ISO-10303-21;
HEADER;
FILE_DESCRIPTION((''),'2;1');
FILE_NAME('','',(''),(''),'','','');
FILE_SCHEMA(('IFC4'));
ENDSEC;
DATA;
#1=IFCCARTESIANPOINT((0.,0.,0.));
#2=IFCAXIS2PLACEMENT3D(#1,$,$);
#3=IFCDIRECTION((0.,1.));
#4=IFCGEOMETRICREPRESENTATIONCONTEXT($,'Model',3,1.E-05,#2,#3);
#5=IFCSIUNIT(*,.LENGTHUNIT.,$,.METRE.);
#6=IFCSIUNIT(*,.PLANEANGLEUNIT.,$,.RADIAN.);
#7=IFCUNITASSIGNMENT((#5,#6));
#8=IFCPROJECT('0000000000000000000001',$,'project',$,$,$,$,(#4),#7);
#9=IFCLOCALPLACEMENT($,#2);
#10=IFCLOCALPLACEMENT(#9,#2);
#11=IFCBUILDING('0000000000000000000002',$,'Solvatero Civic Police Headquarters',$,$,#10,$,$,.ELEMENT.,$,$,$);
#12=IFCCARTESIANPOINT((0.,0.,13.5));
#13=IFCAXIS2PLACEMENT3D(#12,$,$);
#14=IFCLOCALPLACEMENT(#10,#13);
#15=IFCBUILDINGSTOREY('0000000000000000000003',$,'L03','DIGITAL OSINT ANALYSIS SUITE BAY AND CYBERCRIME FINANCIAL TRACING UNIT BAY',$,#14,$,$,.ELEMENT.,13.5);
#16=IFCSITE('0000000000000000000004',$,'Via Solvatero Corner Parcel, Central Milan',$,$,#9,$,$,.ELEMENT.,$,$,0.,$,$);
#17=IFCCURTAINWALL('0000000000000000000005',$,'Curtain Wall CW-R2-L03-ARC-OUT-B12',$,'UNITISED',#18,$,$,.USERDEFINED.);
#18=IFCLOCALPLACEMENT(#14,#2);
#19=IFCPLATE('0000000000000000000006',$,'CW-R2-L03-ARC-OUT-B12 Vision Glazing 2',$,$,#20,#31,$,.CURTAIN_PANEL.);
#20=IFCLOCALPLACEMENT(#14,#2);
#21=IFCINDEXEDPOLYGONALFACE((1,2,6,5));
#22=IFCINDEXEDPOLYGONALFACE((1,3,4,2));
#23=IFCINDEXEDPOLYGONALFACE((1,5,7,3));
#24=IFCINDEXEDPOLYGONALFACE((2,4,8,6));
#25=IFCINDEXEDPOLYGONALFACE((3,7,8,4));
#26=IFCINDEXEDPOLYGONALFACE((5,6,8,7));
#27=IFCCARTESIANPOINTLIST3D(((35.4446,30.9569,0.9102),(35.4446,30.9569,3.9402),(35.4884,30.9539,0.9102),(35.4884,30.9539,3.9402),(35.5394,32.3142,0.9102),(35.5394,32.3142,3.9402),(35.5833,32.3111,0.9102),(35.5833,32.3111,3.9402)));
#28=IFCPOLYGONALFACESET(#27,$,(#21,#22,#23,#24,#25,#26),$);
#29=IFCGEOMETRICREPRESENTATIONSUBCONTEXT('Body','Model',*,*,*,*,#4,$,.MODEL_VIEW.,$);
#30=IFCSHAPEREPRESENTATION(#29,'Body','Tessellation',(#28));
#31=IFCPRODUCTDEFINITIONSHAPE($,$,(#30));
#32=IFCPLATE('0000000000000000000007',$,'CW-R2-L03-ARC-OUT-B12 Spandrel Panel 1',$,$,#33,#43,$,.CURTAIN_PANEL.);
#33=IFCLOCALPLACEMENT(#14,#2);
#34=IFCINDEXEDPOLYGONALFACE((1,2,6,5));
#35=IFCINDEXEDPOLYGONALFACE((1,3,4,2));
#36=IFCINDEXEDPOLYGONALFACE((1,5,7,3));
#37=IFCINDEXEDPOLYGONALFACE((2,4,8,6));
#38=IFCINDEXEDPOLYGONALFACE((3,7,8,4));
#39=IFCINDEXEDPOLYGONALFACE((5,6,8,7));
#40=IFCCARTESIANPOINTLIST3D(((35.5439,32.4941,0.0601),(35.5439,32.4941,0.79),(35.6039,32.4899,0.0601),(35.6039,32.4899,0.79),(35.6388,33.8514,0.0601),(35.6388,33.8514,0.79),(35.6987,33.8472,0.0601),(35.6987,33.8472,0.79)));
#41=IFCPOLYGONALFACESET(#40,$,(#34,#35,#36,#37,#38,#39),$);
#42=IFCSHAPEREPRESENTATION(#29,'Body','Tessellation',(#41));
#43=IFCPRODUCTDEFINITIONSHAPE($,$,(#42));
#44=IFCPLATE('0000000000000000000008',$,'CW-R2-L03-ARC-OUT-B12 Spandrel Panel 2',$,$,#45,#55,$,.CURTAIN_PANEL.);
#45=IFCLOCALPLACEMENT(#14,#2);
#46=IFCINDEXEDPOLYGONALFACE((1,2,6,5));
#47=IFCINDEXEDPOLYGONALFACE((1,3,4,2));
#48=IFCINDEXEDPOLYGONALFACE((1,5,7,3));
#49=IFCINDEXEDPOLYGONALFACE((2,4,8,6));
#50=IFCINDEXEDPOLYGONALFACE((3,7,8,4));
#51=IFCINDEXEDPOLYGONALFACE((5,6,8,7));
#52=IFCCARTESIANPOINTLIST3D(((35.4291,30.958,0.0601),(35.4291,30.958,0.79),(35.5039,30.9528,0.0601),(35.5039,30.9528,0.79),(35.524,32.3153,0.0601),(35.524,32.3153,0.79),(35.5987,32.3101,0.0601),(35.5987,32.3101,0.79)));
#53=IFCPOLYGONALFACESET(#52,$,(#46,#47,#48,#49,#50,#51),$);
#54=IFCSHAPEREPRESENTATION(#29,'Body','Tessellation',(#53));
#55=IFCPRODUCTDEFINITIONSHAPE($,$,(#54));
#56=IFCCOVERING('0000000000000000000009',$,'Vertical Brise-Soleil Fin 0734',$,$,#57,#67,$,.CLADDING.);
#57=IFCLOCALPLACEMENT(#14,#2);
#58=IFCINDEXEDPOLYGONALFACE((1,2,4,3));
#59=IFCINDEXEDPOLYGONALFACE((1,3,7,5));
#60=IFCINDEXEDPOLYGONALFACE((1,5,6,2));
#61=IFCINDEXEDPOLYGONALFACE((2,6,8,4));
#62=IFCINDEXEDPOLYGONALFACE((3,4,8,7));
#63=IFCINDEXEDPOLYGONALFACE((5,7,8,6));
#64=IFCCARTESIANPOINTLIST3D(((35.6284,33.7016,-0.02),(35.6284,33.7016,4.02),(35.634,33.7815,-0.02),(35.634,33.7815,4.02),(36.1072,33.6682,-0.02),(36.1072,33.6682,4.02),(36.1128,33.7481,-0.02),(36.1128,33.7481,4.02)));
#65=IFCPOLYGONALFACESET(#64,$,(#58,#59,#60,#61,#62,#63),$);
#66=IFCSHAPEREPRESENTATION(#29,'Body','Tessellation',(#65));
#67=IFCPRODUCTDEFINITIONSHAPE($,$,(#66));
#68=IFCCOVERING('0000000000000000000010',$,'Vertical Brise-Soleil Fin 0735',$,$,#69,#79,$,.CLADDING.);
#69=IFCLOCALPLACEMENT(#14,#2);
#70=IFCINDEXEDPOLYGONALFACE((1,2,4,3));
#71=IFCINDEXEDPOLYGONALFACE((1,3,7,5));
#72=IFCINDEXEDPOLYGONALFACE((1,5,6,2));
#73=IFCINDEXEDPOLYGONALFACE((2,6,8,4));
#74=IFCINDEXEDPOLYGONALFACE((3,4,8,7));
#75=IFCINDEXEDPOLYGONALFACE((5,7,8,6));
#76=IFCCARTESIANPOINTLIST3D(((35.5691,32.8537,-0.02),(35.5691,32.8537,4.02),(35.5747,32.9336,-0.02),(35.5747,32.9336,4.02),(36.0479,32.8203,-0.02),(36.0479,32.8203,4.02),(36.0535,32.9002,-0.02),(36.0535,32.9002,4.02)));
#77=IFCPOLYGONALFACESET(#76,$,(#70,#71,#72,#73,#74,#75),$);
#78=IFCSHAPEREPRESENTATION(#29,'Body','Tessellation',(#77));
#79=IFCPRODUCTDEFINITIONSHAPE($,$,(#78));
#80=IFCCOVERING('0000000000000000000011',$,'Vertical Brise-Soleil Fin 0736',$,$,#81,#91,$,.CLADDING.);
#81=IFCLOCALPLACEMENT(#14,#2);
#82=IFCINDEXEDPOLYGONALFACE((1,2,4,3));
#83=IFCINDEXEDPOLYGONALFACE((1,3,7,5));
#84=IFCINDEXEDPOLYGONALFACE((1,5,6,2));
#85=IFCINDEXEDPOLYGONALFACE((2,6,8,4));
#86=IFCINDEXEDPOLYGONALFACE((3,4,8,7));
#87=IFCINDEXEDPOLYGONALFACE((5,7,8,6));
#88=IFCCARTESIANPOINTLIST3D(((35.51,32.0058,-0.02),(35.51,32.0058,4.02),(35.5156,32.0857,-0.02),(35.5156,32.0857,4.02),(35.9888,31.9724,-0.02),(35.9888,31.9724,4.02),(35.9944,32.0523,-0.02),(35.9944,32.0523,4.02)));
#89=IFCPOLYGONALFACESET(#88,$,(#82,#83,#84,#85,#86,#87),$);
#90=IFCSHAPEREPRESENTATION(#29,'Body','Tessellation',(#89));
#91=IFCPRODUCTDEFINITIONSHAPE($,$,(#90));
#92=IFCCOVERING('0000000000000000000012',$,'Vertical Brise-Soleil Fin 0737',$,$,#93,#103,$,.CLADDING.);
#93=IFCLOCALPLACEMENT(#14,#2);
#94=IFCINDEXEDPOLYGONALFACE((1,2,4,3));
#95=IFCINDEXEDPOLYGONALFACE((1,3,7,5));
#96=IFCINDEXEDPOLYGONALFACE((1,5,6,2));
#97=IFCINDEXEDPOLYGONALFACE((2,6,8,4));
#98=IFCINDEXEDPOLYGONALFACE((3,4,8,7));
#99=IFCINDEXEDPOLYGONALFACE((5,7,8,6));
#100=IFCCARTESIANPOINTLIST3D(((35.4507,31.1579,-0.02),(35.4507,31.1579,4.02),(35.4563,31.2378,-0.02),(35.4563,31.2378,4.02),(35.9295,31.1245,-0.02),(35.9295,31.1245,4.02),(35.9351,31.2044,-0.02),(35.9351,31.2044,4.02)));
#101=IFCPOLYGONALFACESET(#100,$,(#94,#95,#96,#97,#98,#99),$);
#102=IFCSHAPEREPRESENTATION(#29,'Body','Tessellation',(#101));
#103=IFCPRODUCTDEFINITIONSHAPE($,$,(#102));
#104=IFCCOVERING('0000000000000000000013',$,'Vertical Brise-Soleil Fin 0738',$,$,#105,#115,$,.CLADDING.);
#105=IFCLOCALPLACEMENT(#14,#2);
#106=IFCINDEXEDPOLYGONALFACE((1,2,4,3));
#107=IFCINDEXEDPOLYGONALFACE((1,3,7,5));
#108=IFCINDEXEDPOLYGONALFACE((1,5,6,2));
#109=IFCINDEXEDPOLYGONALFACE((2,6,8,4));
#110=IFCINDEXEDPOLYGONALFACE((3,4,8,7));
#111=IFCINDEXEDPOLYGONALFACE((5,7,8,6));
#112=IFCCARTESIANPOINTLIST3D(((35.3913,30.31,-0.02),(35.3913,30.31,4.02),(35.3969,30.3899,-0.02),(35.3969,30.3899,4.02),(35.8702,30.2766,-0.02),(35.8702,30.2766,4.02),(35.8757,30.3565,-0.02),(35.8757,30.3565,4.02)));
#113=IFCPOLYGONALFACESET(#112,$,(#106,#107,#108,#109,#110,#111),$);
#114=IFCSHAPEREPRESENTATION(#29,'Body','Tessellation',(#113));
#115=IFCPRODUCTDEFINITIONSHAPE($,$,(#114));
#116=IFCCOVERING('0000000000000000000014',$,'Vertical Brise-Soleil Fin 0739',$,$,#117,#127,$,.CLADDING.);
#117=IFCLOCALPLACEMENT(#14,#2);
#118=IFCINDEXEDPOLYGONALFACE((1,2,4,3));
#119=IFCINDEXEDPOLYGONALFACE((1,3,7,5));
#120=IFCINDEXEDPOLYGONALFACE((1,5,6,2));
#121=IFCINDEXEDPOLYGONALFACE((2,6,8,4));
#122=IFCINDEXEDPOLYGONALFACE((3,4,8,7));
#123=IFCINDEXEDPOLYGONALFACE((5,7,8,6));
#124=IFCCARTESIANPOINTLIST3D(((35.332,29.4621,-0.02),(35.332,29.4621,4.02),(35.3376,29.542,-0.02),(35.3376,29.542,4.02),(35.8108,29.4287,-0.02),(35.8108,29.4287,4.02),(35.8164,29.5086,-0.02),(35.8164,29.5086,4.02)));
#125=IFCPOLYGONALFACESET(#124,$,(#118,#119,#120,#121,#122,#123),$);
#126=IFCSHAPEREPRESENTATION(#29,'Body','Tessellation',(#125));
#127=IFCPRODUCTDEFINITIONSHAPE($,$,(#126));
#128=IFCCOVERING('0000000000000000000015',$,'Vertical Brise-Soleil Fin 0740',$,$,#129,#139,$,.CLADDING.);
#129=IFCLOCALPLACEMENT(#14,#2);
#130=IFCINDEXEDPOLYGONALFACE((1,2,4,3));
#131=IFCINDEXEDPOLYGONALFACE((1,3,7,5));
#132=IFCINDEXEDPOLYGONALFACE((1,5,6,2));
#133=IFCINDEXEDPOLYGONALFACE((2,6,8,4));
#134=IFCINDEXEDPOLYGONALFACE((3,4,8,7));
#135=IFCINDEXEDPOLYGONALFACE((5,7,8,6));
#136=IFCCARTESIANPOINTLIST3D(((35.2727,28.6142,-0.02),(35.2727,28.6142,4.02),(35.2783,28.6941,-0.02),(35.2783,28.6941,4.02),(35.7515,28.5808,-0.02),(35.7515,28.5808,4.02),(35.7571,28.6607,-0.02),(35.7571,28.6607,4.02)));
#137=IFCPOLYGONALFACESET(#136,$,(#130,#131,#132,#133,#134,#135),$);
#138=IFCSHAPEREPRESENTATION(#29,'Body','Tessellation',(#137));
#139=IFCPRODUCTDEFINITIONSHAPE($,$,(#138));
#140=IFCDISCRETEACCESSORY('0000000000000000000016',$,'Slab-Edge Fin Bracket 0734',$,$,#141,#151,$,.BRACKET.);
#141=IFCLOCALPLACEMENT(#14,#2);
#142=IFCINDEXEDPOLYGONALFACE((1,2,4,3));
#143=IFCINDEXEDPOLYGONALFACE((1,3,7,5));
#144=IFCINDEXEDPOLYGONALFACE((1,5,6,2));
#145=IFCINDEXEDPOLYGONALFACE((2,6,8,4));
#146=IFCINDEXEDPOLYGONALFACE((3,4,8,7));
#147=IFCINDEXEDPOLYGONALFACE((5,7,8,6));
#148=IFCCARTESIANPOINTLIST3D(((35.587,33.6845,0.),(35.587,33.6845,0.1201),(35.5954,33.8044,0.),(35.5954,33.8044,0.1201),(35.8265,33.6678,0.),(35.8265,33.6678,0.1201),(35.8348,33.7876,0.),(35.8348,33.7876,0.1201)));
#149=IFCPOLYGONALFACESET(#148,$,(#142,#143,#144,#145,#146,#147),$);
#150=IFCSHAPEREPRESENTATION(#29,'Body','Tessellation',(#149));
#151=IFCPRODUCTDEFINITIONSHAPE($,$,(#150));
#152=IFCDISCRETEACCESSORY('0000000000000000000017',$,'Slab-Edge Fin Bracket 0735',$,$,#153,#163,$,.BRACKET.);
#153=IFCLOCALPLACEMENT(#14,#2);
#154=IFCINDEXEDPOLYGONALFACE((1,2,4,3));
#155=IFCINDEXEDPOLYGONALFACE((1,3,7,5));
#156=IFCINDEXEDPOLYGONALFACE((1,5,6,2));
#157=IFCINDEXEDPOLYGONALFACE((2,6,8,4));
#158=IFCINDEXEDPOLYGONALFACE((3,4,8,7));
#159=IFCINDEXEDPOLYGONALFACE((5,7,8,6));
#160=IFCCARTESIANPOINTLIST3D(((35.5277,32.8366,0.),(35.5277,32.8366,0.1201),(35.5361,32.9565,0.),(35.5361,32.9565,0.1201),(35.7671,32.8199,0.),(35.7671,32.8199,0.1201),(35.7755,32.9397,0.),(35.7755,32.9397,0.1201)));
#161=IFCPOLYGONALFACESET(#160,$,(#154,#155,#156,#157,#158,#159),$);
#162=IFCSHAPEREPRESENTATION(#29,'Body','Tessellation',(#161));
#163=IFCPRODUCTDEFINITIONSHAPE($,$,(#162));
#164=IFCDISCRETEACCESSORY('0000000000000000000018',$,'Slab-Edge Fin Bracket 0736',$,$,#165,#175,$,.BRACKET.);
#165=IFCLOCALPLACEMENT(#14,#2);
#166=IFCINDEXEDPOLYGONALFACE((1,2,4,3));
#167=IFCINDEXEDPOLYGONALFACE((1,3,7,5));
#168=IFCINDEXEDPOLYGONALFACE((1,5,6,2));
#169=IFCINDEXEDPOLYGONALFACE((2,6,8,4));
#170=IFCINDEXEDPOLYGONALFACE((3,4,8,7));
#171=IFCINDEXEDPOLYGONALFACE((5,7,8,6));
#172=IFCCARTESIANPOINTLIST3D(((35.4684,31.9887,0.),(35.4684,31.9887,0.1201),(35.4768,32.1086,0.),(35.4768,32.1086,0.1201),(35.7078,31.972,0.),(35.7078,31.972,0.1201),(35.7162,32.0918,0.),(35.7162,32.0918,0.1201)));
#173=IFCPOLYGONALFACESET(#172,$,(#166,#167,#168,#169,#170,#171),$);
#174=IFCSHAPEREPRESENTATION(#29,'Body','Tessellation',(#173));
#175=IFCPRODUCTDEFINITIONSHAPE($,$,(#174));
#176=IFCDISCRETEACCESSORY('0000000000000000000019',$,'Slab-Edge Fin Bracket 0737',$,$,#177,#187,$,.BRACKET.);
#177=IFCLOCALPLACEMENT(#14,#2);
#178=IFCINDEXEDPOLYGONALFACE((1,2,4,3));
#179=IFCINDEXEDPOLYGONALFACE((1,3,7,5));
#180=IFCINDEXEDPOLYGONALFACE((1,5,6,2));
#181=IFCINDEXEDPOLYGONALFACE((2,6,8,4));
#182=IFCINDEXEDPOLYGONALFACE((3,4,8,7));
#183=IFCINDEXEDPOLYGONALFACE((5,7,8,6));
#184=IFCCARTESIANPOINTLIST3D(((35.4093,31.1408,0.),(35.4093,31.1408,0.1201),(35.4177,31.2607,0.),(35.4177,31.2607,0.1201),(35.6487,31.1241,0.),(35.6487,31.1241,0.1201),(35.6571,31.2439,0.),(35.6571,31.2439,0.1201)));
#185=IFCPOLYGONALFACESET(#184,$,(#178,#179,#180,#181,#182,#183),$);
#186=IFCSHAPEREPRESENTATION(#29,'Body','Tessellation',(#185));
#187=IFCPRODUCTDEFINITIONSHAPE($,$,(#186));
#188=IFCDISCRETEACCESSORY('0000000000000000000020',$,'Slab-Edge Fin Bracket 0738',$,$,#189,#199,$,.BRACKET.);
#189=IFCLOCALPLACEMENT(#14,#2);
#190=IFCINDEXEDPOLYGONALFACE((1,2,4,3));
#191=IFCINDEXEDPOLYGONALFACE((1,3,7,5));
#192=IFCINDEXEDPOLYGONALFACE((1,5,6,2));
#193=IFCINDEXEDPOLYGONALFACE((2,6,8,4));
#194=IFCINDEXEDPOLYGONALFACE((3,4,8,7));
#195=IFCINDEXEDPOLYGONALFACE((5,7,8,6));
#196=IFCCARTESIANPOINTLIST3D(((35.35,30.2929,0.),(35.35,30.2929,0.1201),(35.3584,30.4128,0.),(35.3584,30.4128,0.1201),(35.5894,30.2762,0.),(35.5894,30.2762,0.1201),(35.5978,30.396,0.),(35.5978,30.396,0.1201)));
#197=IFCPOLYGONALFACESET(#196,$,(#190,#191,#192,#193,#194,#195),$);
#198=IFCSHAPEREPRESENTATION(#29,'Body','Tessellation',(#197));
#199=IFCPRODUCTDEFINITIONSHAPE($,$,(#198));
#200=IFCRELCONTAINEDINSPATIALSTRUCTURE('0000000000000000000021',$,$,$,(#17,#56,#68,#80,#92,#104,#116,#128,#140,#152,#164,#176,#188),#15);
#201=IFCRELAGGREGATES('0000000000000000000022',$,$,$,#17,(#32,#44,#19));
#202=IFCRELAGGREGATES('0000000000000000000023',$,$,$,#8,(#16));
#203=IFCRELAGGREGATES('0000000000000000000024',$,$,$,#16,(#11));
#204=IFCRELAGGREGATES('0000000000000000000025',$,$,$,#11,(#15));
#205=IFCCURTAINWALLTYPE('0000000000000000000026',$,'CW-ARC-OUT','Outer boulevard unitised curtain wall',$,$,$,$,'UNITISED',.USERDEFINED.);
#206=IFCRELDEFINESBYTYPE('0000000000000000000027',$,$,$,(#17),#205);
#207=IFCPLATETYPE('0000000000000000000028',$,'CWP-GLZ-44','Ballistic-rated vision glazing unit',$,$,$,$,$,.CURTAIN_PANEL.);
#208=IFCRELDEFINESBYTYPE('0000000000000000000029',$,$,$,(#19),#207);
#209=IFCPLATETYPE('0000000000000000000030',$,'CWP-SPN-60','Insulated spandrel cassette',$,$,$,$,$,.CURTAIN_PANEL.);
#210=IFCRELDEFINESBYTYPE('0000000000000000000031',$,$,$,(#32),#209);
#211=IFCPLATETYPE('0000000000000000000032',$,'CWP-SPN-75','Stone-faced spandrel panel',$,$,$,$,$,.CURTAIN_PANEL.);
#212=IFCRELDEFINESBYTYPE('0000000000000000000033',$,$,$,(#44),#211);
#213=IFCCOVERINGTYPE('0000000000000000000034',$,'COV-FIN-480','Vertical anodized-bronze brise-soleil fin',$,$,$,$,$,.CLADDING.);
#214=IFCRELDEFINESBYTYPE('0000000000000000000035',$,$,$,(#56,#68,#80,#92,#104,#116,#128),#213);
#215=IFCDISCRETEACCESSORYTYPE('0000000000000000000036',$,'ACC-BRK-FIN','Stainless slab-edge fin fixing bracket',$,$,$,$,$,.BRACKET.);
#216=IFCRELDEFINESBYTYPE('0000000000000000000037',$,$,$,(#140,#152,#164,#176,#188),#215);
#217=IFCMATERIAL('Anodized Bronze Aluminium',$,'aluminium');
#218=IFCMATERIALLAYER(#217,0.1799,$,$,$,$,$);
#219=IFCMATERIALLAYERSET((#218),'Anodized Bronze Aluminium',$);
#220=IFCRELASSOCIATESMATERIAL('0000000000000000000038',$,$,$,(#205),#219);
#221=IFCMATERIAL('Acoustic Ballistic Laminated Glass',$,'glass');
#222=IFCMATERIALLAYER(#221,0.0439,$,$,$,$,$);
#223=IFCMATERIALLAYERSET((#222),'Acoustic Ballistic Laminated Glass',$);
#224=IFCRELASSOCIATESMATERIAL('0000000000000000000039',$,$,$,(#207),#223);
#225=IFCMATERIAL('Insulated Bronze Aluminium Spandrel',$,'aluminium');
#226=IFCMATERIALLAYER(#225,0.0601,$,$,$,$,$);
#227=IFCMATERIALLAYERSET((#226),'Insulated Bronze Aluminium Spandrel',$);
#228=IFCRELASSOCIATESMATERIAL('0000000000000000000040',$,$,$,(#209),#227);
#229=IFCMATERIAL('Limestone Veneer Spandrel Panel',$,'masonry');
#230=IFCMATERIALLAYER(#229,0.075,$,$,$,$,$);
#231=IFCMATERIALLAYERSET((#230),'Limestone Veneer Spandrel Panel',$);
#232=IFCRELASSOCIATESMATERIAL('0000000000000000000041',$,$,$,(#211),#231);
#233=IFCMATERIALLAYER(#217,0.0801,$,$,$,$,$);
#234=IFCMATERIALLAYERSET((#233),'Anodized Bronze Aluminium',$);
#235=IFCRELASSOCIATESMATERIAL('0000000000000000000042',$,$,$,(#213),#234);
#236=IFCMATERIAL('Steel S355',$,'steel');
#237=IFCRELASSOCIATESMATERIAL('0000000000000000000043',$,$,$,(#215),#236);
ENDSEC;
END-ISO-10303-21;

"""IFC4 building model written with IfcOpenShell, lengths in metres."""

from ifc_helpers import new_model, si_unit, direction, frame, origin, origin_2d, place, context, subcontext, project, spatial, rectangle, extrude, material, layer, layer_set, type_object, element, aggregate, save


model = new_model("IFC4")

# Units and contexts
model_context = context("Model", 3, precision=1e-05, world=origin(), true_north=direction((0.0, 1.0)))
body_context = subcontext(model_context, "Body", "Model", "MODEL_VIEW")
ifc_project = project(units=[si_unit("LENGTHUNIT", "METRE"), si_unit("PLANEANGLEUNIT", "RADIAN")], contexts=[model_context])

# Site, building, storey
site_placement = place(None, origin())
site = spatial("IfcSite", under=ifc_project, at=site_placement, Name="Via Solvatero Corner Parcel, Central Milan", CompositionType="ELEMENT", RefElevation=0.0)
building_placement = place(site_placement, origin())
building = spatial("IfcBuilding", under=site, at=building_placement, Name="Solvatero Civic Police Headquarters", CompositionType="ELEMENT")
storey_placement = place(building_placement, frame((0.0, 0.0, 13.5)))
storey = spatial("IfcBuildingStorey", under=building, at=storey_placement, Name="L03", Description="DIGITAL OSINT ANALYSIS SUITE BAY AND CYBERCRIME FINANCIAL TRACING UNIT BAY", CompositionType="ELEMENT", Elevation=13.5)

# Shared definitions
ifc_material_1 = material(Name="Steel S355", Category="steel")

# Curtain wall, plates
ifc_material_2 = material(Name="Anodized Bronze Aluminium", Category="aluminium")
ifc_layer_1 = layer(ifc_material_2, 0.1799)
ifc_layer_set_1 = layer_set([ifc_layer_1], Name="Anodized Bronze Aluminium")
curtain_wall_type = type_object("IfcCurtainWallType", Name="CW-ARC-OUT", Description="Outer boulevard unitised curtain wall", ElementType="UNITISED", PredefinedType="USERDEFINED", material=ifc_layer_set_1)
curtain_wall_placement = place(storey_placement, origin())
curtain_wall = element("IfcCurtainWall", 1, at=curtain_wall_placement, inside=storey, type_object=curtain_wall_type, Name="Curtain Wall CW-R2-L03-ARC-OUT-B12", ObjectType="UNITISED", PredefinedType="USERDEFINED")
ifc_material_3 = material(Name="Acoustic Ballistic Laminated Glass", Category="glass")
ifc_layer_2 = layer(ifc_material_3, 0.0439)
ifc_layer_set_2 = layer_set([ifc_layer_2], Name="Acoustic Ballistic Laminated Glass")
plate_type_1 = type_object("IfcPlateType", Name="CWP-GLZ-44", Description="Ballistic-rated vision glazing unit", PredefinedType="CURTAIN_PANEL", material=ifc_layer_set_2)
plate_1_placement = place(storey_placement, frame((35.5139, 31.634, 0.9102), z_axis=(0.0, 0.0, 1.0), x_axis=(-0.069739, -0.997565, 0.0)))
plate_1 = element("IfcPlate", 2, at=plate_1_placement, type_object=plate_type_1, Name="CW-R2-L03-ARC-OUT-B12 Vision Glazing 2", PredefinedType="CURTAIN_PANEL", context=body_context, shape_type="SweptSolid", body=[
    extrude(rectangle(XDim=1.3606, YDim=0.0439, at=origin_2d()), origin(), (0.0, 0.0, 1.0), 3.03),
])
ifc_material_4 = material(Name="Insulated Bronze Aluminium Spandrel", Category="aluminium")
ifc_layer_3 = layer(ifc_material_4, 0.0601)
ifc_layer_set_3 = layer_set([ifc_layer_3], Name="Insulated Bronze Aluminium Spandrel")
plate_type_2 = type_object("IfcPlateType", Name="CWP-SPN-60", Description="Insulated spandrel cassette", PredefinedType="CURTAIN_PANEL", material=ifc_layer_set_3)
plate_2_placement = place(storey_placement, frame((35.6213, 33.1707, 0.0601), z_axis=(0.0, 0.0, 1.0), x_axis=(-0.069739, -0.997565, 0.0)))
plate_2 = element("IfcPlate", 3, at=plate_2_placement, type_object=plate_type_2, Name="CW-R2-L03-ARC-OUT-B12 Spandrel Panel 1", PredefinedType="CURTAIN_PANEL", context=body_context, shape_type="SweptSolid", body=[
    extrude(rectangle(XDim=1.3606, YDim=0.0601, at=origin_2d()), origin(), (0.0, 0.0, 1.0), 0.73),
])
ifc_material_5 = material(Name="Limestone Veneer Spandrel Panel", Category="masonry")
ifc_layer_4 = layer(ifc_material_5, 0.075)
ifc_layer_set_4 = layer_set([ifc_layer_4], Name="Limestone Veneer Spandrel Panel")
plate_type_3 = type_object("IfcPlateType", Name="CWP-SPN-75", Description="Stone-faced spandrel panel", PredefinedType="CURTAIN_PANEL", material=ifc_layer_set_4)
plate_3_placement = place(storey_placement, frame((35.5139, 31.634, 0.0601), z_axis=(0.0, 0.0, 1.0), x_axis=(-0.069739, -0.997565, 0.0)))
plate_3 = element("IfcPlate", 4, at=plate_3_placement, type_object=plate_type_3, Name="CW-R2-L03-ARC-OUT-B12 Spandrel Panel 2", PredefinedType="CURTAIN_PANEL", context=body_context, shape_type="SweptSolid", body=[
    extrude(rectangle(XDim=1.3606, YDim=0.075, at=origin_2d()), origin(), (0.0, 0.0, 1.0), 0.73),
])
aggregate(curtain_wall, [plate_2, plate_3, plate_1])

# Coverings
ifc_layer_5 = layer(ifc_material_2, 0.0801)
ifc_layer_set_5 = layer_set([ifc_layer_5], Name="Anodized Bronze Aluminium")
covering_type = type_object("IfcCoveringType", Name="COV-FIN-480", Description="Vertical anodized-bronze brise-soleil fin", PredefinedType="CLADDING", material=ifc_layer_set_5)
for number, where, z_axis, x_axis, name in (
    (5, (35.8706, 33.7249, -0.02), (0.0, 0.0, 1.0), (-0.069739, -0.997565, 0.0), "Vertical Brise-Soleil Fin 0734"),
    (6, (35.8113, 32.877, -0.02), (0.0, 0.0, 1.0), (-0.069739, -0.997565, 0.0), "Vertical Brise-Soleil Fin 0735"),
    (7, (35.7522, 32.0291, -0.02), (0.0, 0.0, 1.0), (-0.069739, -0.997565, 0.0), "Vertical Brise-Soleil Fin 0736"),
    (8, (35.6929, 31.1812, -0.02), (0.0, 0.0, 1.0), (-0.069739, -0.997565, 0.0), "Vertical Brise-Soleil Fin 0737"),
    (9, (35.6335, 30.3333, -0.02), (0.0, 0.0, 1.0), (-0.069739, -0.997565, 0.0), "Vertical Brise-Soleil Fin 0738"),
    (10, (35.5742, 29.4854, -0.02), (0.0, 0.0, 1.0), (-0.069739, -0.997565, 0.0), "Vertical Brise-Soleil Fin 0739"),
    (11, (35.5149, 28.6375, -0.02), (0.0, 0.0, 1.0), (-0.069739, -0.997565, 0.0), "Vertical Brise-Soleil Fin 0740"),
):
    element("IfcCovering", number, at=place(storey_placement, frame(where, z_axis=z_axis, x_axis=x_axis)), inside=storey, type_object=covering_type, Name=name, PredefinedType="CLADDING", context=body_context, shape_type="SweptSolid", body=[
        extrude(rectangle(XDim=0.0801, YDim=0.48, at=origin_2d()), origin(), (0.0, 0.0, 1.0), 4.04),
    ])

# Discrete accessories
discrete_accessory_type = type_object("IfcDiscreteAccessoryType", Name="ACC-BRK-FIN", Description="Stainless slab-edge fin fixing bracket", PredefinedType="BRACKET", material=ifc_material_1)
for number, where, z_axis, x_axis, name in (
    (12, (35.7109, 33.7361, 0.0), (0.0, 0.0, 1.0), (-0.069739, -0.997565, 0.0), "Slab-Edge Fin Bracket 0734"),
    (13, (35.6516, 32.8882, 0.0), (0.0, 0.0, 1.0), (-0.069739, -0.997565, 0.0), "Slab-Edge Fin Bracket 0735"),
    (14, (35.5923, 32.0403, 0.0), (0.0, 0.0, 1.0), (-0.069739, -0.997565, 0.0), "Slab-Edge Fin Bracket 0736"),
    (15, (35.5332, 31.1924, 0.0), (0.0, 0.0, 1.0), (-0.069739, -0.997565, 0.0), "Slab-Edge Fin Bracket 0737"),
    (16, (35.4739, 30.3445, 0.0), (0.0, 0.0, 1.0), (-0.069739, -0.997565, 0.0), "Slab-Edge Fin Bracket 0738"),
):
    element("IfcDiscreteAccessory", number, at=place(storey_placement, frame(where, z_axis=z_axis, x_axis=x_axis)), inside=storey, type_object=discrete_accessory_type, Name=name, PredefinedType="BRACKET", context=body_context, shape_type="SweptSolid", body=[
        extrude(rectangle(XDim=0.1201, YDim=0.24, at=origin_2d()), origin(), (0.0, 0.0, 1.0), 0.1201),
    ])

save(model, "model.ifc")
